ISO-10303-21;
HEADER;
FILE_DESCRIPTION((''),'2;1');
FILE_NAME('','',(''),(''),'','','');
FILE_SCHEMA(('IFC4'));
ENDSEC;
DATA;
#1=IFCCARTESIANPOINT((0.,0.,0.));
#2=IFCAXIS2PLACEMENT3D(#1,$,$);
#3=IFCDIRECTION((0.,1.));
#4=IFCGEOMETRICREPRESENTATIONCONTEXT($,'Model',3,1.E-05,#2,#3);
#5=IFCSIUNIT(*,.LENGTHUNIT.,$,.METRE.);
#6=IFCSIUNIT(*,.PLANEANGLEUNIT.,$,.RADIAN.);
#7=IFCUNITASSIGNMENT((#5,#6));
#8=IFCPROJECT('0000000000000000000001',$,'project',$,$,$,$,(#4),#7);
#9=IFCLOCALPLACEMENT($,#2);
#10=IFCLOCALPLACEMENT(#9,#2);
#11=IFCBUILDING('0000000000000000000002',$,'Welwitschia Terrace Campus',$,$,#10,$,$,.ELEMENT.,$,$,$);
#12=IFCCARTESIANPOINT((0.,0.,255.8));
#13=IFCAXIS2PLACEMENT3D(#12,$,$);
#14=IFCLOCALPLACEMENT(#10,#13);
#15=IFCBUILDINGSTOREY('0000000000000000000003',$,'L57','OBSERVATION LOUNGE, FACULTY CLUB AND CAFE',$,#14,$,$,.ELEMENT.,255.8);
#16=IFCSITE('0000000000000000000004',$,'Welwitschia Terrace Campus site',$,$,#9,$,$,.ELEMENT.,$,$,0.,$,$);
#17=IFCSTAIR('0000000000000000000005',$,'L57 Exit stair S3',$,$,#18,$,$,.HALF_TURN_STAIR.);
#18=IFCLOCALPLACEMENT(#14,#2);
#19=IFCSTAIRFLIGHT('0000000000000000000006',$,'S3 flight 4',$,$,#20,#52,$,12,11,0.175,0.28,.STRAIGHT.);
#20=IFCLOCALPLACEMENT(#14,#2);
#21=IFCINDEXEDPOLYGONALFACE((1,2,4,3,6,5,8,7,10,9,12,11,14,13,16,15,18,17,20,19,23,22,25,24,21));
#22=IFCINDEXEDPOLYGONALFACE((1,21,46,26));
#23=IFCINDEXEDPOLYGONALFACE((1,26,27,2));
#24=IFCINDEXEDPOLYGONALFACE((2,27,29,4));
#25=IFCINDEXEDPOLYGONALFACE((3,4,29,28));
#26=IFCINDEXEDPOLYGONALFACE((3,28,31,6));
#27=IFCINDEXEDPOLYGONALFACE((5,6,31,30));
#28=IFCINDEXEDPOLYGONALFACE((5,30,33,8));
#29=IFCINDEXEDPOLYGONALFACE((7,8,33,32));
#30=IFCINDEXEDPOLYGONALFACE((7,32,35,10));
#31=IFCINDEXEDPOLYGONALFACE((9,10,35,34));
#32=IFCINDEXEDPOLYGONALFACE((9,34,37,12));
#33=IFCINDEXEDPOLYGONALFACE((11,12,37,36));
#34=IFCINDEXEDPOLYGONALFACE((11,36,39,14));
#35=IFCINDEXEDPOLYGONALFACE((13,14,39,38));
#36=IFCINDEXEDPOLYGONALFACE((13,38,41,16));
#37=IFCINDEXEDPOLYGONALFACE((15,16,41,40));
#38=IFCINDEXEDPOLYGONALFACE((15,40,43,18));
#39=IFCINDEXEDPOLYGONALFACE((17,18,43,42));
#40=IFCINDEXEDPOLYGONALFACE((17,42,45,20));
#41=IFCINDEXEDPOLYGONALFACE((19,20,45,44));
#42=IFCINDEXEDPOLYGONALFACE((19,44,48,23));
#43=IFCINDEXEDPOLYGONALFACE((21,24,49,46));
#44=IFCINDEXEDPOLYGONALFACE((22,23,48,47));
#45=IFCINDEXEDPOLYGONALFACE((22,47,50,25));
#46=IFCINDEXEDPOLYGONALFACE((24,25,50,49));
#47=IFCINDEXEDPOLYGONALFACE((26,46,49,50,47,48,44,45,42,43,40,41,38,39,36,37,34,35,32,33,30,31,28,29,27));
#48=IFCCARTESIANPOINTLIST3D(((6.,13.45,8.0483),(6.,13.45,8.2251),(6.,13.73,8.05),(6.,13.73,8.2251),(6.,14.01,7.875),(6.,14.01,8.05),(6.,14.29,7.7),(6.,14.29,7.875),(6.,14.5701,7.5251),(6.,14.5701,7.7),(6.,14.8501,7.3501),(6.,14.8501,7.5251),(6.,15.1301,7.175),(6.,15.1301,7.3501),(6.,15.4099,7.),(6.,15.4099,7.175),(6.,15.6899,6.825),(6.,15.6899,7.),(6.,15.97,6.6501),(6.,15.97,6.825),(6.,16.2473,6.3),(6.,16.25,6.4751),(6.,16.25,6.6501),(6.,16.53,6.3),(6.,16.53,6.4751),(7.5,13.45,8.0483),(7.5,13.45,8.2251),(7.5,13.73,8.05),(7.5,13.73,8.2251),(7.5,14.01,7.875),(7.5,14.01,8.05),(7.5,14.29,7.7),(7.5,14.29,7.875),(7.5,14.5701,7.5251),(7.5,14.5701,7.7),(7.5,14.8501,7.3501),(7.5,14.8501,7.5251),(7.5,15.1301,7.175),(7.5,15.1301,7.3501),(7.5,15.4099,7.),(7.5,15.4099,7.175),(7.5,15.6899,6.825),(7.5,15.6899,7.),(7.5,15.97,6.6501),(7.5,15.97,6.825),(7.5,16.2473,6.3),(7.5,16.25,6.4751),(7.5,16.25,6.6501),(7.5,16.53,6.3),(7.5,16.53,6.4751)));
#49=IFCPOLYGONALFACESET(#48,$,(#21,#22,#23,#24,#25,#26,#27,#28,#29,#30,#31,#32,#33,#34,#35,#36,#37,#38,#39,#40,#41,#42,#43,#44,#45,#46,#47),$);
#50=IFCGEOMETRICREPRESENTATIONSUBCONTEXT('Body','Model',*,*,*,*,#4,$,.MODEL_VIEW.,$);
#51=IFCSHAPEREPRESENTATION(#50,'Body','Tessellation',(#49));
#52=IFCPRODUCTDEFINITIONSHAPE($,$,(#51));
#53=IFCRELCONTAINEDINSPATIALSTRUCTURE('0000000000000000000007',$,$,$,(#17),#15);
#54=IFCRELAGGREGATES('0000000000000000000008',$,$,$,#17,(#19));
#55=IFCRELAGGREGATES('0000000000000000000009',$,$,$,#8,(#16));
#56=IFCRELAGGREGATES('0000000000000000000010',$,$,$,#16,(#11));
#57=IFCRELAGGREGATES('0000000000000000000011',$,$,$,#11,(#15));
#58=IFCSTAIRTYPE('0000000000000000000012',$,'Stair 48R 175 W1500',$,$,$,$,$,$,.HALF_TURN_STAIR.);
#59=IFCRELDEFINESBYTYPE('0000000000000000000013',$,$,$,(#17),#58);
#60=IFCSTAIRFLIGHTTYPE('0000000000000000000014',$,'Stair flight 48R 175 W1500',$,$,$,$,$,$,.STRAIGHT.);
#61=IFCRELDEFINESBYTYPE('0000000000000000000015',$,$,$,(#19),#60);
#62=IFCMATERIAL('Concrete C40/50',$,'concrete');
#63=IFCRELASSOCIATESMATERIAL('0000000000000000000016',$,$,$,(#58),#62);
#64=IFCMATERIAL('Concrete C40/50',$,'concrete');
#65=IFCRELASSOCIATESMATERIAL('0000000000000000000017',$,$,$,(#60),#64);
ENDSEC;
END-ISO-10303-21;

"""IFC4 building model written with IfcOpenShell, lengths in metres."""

from ifc_helpers import new_model, si_unit, direction, frame, origin, place, context, subcontext, project, spatial, polyline, outline, extrude, material, type_object, element, aggregate, save


model = new_model("IFC4")

# Units and contexts
model_context = context("Model", 3, precision=1e-05, world=origin(), true_north=direction((0.0, 1.0)))
body_context = subcontext(model_context, "Body", "Model", "MODEL_VIEW")
ifc_project = project(units=[si_unit("LENGTHUNIT", "METRE"), si_unit("PLANEANGLEUNIT", "RADIAN")], contexts=[model_context])

# Site, building, storey
site_placement = place(None, origin())
site = spatial("IfcSite", under=ifc_project, at=site_placement, Name="Welwitschia Terrace Campus site", CompositionType="ELEMENT", RefElevation=0.0)
building_placement = place(site_placement, origin())
building = spatial("IfcBuilding", under=site, at=building_placement, Name="Welwitschia Terrace Campus", CompositionType="ELEMENT")
storey_placement = place(building_placement, frame((0.0, 0.0, 255.8)))
storey = spatial("IfcBuildingStorey", under=building, at=storey_placement, Name="L57", Description="OBSERVATION LOUNGE, FACULTY CLUB AND CAFE", CompositionType="ELEMENT", Elevation=255.8)

# Stair, stair flight
ifc_material_1 = material(Name="Concrete C40/50", Category="concrete")
stair_type = type_object("IfcStairType", Name="Stair 48R 175 W1500", PredefinedType="HALF_TURN_STAIR", material=ifc_material_1)
ifc_material_2 = material(Name="Concrete C40/50", Category="concrete")
stair_flight_type = type_object("IfcStairFlightType", Name="Stair flight 48R 175 W1500", PredefinedType="STRAIGHT", material=ifc_material_2)
stair_1_placement = place(storey_placement, origin())
stair_1 = element("IfcStair", 1, at=stair_1_placement, inside=storey, type_object=stair_type, Name="L57 Exit stair S3", PredefinedType="HALF_TURN_STAIR")
stair_flight_1_placement = place(storey_placement, frame((6.75, 16.53, 6.3), z_axis=(0.0, 0.0, 1.0), x_axis=(0.0, -1.0, 0.0)))
stair_flight_1 = element("IfcStairFlight", 2, at=stair_flight_1_placement, type_object=stair_flight_type, Name="S3 flight 4", NumberOfRisers=12, NumberOfTreads=11, PredefinedType="STRAIGHT", RiserHeight=0.175, TreadLength=0.28, context=body_context, shape_type="SweptSolid", body=[
    extrude(outline(polyline([(0.0, 0.0), (0.0, 0.175), (0.28, 0.175), (0.28, 0.3501), (0.5601, 0.3501), (0.5601, 0.5249), (0.8401, 0.5249), (0.8401, 0.7), (1.1201, 0.7), (1.1201, 0.875), (1.3999, 0.875), (1.3999, 1.05), (1.6799, 1.05), (1.6799, 1.2251), (1.96, 1.2251), (1.96, 1.3999), (2.24, 1.3999), (2.24, 1.575), (2.52, 1.575), (2.52, 1.75), (2.8, 1.75), (2.8, 1.925), (3.0801, 1.925), (3.0801, 2.1001), (3.0801, 1.7483), (0.2827, 0.0), (0.0, 0.0)])), frame((0.0, 0.75, 0.0), z_axis=(0.0, -1.0, 0.0), x_axis=(1.0, 0.0, 0.0)), (0.0, 0.0, 1.0), 1.5),
])
aggregate(stair_1, [stair_flight_1])

save(model, "model.ifc")
